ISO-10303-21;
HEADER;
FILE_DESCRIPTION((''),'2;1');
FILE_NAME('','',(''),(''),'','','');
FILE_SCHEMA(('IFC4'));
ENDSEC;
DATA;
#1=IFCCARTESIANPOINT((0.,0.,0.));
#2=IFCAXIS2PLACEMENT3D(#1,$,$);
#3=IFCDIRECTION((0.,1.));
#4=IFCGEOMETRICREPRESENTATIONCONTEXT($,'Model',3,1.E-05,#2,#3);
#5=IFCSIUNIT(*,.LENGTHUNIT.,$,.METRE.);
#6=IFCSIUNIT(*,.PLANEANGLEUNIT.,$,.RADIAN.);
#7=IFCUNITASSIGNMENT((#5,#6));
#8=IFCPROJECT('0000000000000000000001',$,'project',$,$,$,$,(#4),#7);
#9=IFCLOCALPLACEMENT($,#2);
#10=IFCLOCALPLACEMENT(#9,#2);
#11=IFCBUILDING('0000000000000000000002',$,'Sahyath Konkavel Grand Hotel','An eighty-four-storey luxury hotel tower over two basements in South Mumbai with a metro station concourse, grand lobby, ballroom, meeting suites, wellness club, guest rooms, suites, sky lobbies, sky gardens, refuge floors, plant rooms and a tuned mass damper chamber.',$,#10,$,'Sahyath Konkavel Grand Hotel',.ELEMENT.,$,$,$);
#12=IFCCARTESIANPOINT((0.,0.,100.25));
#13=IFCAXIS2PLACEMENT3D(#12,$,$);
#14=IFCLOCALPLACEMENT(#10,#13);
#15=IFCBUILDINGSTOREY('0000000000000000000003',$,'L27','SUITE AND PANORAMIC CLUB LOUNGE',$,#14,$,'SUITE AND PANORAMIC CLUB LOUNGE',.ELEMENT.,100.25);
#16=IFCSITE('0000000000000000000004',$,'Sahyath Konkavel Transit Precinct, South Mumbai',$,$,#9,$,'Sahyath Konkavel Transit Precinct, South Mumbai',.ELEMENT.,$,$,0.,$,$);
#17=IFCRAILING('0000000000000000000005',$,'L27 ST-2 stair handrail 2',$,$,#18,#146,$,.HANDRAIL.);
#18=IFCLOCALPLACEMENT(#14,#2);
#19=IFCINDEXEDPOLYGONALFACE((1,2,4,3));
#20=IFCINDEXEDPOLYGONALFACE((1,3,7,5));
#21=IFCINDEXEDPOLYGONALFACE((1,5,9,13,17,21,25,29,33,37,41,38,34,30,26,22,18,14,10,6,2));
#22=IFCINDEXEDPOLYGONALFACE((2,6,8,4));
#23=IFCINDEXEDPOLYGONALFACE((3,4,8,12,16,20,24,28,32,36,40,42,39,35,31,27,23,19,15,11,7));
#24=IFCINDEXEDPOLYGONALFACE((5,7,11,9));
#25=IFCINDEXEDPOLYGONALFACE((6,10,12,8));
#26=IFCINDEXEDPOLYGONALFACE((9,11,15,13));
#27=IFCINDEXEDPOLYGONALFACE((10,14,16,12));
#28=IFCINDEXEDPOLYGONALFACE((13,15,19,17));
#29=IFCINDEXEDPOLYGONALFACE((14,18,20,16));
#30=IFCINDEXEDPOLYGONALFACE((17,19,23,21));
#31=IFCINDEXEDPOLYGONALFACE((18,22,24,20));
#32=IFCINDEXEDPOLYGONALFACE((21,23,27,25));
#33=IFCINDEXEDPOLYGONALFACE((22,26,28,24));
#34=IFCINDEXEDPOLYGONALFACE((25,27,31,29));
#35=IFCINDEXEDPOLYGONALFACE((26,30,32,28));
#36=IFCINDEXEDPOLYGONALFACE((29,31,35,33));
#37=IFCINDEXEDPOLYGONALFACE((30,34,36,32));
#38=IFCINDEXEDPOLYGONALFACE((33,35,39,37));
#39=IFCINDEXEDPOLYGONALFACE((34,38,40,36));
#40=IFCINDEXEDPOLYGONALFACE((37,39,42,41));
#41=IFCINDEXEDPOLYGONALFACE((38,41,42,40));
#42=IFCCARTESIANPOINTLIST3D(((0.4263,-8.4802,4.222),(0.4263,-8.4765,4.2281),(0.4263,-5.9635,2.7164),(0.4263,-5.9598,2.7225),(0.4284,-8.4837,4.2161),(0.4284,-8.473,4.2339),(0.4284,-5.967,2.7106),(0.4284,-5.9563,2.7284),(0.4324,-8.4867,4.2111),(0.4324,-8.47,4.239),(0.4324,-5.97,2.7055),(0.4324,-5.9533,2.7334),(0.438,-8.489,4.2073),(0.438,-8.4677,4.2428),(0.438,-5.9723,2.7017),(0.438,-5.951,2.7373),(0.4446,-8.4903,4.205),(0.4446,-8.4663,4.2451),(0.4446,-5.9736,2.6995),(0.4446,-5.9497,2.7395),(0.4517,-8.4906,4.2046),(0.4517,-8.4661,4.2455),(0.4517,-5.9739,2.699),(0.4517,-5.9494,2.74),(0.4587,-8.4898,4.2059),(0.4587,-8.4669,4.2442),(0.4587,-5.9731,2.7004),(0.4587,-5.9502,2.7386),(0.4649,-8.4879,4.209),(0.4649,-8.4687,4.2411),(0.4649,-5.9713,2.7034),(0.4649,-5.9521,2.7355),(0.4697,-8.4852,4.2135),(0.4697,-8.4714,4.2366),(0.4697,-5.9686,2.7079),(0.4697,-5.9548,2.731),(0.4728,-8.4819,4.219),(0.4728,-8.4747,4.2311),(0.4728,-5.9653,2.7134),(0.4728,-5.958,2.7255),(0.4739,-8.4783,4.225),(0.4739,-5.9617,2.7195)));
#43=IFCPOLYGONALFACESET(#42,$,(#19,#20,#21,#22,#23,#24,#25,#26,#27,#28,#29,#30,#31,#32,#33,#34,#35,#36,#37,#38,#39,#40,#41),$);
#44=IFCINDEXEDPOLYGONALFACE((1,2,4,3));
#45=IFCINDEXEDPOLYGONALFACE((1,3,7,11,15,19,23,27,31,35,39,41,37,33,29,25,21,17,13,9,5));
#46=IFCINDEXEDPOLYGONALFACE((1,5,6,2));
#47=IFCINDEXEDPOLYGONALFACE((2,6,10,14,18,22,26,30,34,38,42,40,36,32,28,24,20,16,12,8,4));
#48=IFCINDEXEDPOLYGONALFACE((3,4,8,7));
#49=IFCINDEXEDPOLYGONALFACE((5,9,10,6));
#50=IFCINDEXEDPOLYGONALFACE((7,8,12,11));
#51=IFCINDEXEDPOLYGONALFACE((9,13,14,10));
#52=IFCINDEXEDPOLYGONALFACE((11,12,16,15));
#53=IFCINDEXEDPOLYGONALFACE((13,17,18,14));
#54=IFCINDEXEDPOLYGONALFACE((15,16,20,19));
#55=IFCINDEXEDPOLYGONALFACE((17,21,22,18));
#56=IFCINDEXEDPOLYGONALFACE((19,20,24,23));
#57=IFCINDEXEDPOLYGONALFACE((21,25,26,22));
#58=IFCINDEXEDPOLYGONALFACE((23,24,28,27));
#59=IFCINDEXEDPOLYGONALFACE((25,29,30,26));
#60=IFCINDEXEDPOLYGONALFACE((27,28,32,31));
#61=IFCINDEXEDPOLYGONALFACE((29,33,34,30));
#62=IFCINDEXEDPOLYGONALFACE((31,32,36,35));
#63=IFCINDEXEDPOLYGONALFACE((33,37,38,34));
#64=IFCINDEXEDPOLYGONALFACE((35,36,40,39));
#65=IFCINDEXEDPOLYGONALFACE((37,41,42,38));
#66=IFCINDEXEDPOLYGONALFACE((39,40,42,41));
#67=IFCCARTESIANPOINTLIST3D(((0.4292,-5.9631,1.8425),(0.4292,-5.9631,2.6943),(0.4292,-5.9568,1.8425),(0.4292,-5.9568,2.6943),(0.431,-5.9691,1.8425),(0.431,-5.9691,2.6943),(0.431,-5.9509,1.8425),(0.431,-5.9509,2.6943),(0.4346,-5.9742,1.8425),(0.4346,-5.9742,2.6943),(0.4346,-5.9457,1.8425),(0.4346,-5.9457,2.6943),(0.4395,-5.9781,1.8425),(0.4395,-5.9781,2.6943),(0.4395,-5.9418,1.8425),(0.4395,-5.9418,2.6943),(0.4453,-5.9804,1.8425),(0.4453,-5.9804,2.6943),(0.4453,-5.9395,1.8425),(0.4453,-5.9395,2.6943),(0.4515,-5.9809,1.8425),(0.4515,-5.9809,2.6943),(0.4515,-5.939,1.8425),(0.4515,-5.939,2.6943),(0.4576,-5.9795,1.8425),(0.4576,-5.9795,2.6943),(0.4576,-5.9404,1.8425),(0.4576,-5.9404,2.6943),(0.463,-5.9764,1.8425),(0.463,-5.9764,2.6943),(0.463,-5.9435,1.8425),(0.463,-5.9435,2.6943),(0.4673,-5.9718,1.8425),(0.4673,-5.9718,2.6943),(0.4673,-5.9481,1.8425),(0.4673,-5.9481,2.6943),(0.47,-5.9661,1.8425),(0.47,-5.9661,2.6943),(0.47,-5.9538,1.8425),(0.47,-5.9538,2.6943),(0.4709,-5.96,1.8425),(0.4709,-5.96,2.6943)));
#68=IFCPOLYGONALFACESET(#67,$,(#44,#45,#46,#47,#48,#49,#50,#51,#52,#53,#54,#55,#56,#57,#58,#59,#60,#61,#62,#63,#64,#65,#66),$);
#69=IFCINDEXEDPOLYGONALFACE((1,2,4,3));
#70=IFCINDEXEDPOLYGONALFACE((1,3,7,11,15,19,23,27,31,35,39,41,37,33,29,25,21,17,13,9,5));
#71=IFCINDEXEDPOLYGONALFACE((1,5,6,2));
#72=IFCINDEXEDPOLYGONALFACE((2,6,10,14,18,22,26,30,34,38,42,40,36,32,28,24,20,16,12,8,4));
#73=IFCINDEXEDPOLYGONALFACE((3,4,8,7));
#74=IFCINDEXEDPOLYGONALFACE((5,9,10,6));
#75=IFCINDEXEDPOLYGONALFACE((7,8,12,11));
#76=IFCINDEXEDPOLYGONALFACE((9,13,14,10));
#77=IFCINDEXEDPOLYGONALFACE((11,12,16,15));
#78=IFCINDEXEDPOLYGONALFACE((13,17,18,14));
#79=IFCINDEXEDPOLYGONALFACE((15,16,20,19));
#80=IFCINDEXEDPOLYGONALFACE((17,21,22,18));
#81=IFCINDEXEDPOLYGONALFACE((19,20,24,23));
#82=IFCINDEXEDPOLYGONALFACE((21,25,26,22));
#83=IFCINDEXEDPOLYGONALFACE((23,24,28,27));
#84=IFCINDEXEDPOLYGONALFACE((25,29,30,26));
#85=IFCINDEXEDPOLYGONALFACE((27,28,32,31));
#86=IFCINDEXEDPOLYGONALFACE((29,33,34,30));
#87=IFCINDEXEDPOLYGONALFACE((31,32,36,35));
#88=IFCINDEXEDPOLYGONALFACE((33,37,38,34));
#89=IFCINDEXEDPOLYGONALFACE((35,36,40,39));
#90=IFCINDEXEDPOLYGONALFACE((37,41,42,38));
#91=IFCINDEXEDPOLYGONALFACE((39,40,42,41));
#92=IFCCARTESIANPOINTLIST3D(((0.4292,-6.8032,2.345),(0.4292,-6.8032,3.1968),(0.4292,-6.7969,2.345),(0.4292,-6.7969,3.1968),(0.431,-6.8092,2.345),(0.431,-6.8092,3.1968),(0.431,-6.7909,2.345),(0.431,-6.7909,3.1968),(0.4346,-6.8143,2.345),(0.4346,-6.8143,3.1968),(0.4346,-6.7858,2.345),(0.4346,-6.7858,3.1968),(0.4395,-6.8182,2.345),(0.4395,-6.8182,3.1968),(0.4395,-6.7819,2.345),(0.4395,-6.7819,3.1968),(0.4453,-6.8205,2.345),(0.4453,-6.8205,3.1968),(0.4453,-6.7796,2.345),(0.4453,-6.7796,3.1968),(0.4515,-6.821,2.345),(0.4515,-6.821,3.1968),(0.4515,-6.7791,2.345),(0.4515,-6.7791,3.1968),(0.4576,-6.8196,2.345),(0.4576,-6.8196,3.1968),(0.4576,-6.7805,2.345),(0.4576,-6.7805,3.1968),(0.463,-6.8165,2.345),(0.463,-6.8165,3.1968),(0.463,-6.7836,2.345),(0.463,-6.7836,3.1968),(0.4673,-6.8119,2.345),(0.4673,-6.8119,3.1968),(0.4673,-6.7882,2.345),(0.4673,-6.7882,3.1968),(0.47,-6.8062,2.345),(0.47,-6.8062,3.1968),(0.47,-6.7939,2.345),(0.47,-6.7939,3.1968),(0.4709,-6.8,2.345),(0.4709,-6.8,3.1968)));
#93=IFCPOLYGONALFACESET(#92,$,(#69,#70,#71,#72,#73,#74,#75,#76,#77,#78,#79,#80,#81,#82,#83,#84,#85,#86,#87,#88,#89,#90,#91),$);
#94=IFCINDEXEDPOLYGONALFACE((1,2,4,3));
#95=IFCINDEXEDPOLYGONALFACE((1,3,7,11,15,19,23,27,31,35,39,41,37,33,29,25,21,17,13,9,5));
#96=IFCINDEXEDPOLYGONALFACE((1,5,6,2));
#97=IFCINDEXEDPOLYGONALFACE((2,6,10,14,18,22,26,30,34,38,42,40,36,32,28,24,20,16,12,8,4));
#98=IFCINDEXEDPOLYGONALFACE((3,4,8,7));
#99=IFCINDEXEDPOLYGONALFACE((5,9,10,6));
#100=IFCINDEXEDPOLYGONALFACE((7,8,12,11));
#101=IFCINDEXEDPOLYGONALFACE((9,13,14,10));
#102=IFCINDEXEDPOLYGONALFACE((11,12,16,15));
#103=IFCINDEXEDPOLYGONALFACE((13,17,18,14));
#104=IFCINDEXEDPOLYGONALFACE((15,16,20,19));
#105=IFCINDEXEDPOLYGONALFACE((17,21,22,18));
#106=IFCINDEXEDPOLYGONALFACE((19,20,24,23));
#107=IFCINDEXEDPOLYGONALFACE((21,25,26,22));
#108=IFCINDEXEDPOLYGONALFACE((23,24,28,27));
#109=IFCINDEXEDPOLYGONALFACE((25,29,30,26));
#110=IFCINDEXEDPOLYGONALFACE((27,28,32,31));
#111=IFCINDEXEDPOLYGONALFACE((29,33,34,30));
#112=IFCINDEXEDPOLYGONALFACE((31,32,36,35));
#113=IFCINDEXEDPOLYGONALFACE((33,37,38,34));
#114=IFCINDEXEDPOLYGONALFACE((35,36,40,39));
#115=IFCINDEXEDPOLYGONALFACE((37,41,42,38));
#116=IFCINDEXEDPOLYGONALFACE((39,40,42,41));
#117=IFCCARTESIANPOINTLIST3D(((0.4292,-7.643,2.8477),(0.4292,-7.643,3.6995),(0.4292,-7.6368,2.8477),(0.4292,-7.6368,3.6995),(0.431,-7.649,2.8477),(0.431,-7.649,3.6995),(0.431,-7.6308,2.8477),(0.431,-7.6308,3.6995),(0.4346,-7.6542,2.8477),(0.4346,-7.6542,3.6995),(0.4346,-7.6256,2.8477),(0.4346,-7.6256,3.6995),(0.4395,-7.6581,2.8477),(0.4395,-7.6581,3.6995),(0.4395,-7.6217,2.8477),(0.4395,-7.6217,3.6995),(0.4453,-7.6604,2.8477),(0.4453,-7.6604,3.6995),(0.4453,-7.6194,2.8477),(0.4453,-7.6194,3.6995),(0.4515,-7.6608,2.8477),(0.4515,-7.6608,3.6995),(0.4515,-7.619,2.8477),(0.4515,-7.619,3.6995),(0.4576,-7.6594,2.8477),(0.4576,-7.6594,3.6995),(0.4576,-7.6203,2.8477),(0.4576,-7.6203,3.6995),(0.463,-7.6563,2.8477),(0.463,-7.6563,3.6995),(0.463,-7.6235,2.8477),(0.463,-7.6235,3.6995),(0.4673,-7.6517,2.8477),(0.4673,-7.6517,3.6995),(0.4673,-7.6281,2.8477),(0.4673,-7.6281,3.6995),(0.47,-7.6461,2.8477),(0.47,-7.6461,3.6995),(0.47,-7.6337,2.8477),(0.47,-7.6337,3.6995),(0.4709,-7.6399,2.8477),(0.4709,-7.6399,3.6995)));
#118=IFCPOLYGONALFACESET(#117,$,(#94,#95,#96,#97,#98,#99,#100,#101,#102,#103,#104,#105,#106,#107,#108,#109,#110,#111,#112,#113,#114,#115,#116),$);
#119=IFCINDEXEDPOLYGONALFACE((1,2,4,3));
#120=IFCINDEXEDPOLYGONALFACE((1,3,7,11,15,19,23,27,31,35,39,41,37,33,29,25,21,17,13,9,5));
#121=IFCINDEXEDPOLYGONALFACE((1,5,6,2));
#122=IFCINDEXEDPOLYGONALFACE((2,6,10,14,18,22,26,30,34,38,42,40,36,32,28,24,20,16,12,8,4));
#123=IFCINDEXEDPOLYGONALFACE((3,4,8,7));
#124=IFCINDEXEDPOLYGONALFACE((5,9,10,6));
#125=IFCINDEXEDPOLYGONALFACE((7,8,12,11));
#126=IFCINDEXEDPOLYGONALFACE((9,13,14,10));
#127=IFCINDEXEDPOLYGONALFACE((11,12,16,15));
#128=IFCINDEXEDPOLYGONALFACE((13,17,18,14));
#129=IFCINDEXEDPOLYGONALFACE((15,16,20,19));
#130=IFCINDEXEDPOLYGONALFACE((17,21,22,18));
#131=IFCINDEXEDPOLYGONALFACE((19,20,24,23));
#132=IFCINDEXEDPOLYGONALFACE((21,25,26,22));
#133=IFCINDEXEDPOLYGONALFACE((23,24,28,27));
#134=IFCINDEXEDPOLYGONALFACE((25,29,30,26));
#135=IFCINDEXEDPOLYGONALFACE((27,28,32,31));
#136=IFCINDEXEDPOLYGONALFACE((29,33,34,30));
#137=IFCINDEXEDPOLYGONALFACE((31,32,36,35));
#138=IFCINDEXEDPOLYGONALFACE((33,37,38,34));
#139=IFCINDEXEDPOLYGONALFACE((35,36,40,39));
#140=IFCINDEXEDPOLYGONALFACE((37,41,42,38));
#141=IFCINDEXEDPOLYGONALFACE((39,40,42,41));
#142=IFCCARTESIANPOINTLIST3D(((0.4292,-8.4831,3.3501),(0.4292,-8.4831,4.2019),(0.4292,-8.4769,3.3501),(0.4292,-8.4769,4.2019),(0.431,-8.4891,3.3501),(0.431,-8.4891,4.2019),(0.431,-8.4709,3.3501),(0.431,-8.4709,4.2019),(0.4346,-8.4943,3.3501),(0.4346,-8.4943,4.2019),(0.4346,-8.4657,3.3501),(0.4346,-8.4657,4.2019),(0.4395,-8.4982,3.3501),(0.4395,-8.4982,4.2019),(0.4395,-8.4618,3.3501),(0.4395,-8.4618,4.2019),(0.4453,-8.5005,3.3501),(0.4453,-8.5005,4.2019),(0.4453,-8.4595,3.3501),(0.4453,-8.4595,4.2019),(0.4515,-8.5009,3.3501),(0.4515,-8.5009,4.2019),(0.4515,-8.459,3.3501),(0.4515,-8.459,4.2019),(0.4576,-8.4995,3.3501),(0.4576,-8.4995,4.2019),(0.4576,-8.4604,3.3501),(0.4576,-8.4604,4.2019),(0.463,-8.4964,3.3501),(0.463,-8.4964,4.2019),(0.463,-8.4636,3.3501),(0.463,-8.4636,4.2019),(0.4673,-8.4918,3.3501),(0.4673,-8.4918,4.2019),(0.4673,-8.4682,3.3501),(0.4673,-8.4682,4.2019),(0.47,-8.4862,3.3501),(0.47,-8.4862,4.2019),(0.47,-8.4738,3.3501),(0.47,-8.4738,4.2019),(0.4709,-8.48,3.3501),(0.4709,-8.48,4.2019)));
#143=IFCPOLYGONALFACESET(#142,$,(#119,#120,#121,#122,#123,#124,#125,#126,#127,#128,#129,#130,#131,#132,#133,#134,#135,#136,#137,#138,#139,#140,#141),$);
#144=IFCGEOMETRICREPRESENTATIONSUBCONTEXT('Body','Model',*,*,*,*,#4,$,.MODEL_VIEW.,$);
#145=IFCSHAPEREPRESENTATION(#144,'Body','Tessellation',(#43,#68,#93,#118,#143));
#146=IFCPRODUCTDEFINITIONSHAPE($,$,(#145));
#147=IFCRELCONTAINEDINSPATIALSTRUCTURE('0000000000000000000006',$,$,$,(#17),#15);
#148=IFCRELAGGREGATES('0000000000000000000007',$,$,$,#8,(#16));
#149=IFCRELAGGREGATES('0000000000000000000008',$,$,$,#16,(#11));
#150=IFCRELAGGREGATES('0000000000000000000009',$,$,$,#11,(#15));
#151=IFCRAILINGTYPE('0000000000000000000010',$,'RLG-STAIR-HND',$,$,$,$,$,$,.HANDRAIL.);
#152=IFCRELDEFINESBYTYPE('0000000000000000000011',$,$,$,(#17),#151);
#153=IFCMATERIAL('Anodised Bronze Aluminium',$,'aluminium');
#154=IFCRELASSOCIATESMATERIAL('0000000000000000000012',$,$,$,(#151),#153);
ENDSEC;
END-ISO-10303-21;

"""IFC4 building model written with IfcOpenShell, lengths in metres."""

from ifc_helpers import new_model, si_unit, direction, frame, origin, origin_2d, place, context, subcontext, project, spatial, circle, extrude, material, type_object, element, save


model = new_model("IFC4")

# Units and contexts
model_context = context("Model", 3, precision=1e-05, world=origin(), true_north=direction((0.0, 1.0)))
body_context = subcontext(model_context, "Body", "Model", "MODEL_VIEW")
ifc_project = project(units=[si_unit("LENGTHUNIT", "METRE"), si_unit("PLANEANGLEUNIT", "RADIAN")], contexts=[model_context])

# Site, building, storey
site_placement = place(None, origin())
site = spatial("IfcSite", under=ifc_project, at=site_placement, Name="Sahyath Konkavel Transit Precinct, South Mumbai", LongName="Sahyath Konkavel Transit Precinct, South Mumbai", CompositionType="ELEMENT", RefElevation=0.0)
building_placement = place(site_placement, origin())
building = spatial("IfcBuilding", under=site, at=building_placement, Name="Sahyath Konkavel Grand Hotel", Description="An eighty-four-storey luxury hotel tower over two basements in South Mumbai with a metro station concourse, grand lobby, ballroom, meeting suites, wellness club, guest rooms, suites, sky lobbies, sky gardens, refuge floors, plant rooms and a tuned mass damper chamber.", LongName="Sahyath Konkavel Grand Hotel", CompositionType="ELEMENT")
storey_placement = place(building_placement, frame((0.0, 0.0, 100.25)))
storey = spatial("IfcBuildingStorey", under=building, at=storey_placement, Name="L27", Description="SUITE AND PANORAMIC CLUB LOUNGE", LongName="SUITE AND PANORAMIC CLUB LOUNGE", CompositionType="ELEMENT", Elevation=100.25)

# Shared definitions
ifc_material_1 = material(Name="Anodised Bronze Aluminium", Category="aluminium")

# Railing
railing_type_1 = type_object("IfcRailingType", Name="RLG-STAIR-HND", PredefinedType="HANDRAIL", material=ifc_material_1)
railing_1_placement = place(storey_placement, frame((0.45, -5.96, 1.8425)))
element("IfcRailing", 1, at=railing_1_placement, inside=storey, type_object=railing_type_1, Name="L27 ST-2 stair handrail 2", PredefinedType="HANDRAIL", context=body_context, shape_type="SweptSolid", body=[
    extrude(circle(Radius=0.0239, at=origin_2d()), frame((0.0, -0.0017, 0.877), z_axis=(0.0, -0.85816, 0.513383), x_axis=(1.0, 0.0, 0.0)), (0.0, 0.0, 1.0), 2.9326),
    extrude(circle(Radius=0.021, at=origin_2d()), origin(), (0.0, 0.0, 1.0), 0.8518),
    extrude(circle(Radius=0.021, at=origin_2d()), frame((0.0, -0.8401, 0.5024)), (0.0, 0.0, 1.0), 0.8518),
    extrude(circle(Radius=0.021, at=origin_2d()), frame((0.0, -1.6799, 1.0051)), (0.0, 0.0, 1.0), 0.8518),
    extrude(circle(Radius=0.021, at=origin_2d()), frame((0.0, -2.52, 1.5076)), (0.0, 0.0, 1.0), 0.8518),
])

save(model, "model.ifc")
